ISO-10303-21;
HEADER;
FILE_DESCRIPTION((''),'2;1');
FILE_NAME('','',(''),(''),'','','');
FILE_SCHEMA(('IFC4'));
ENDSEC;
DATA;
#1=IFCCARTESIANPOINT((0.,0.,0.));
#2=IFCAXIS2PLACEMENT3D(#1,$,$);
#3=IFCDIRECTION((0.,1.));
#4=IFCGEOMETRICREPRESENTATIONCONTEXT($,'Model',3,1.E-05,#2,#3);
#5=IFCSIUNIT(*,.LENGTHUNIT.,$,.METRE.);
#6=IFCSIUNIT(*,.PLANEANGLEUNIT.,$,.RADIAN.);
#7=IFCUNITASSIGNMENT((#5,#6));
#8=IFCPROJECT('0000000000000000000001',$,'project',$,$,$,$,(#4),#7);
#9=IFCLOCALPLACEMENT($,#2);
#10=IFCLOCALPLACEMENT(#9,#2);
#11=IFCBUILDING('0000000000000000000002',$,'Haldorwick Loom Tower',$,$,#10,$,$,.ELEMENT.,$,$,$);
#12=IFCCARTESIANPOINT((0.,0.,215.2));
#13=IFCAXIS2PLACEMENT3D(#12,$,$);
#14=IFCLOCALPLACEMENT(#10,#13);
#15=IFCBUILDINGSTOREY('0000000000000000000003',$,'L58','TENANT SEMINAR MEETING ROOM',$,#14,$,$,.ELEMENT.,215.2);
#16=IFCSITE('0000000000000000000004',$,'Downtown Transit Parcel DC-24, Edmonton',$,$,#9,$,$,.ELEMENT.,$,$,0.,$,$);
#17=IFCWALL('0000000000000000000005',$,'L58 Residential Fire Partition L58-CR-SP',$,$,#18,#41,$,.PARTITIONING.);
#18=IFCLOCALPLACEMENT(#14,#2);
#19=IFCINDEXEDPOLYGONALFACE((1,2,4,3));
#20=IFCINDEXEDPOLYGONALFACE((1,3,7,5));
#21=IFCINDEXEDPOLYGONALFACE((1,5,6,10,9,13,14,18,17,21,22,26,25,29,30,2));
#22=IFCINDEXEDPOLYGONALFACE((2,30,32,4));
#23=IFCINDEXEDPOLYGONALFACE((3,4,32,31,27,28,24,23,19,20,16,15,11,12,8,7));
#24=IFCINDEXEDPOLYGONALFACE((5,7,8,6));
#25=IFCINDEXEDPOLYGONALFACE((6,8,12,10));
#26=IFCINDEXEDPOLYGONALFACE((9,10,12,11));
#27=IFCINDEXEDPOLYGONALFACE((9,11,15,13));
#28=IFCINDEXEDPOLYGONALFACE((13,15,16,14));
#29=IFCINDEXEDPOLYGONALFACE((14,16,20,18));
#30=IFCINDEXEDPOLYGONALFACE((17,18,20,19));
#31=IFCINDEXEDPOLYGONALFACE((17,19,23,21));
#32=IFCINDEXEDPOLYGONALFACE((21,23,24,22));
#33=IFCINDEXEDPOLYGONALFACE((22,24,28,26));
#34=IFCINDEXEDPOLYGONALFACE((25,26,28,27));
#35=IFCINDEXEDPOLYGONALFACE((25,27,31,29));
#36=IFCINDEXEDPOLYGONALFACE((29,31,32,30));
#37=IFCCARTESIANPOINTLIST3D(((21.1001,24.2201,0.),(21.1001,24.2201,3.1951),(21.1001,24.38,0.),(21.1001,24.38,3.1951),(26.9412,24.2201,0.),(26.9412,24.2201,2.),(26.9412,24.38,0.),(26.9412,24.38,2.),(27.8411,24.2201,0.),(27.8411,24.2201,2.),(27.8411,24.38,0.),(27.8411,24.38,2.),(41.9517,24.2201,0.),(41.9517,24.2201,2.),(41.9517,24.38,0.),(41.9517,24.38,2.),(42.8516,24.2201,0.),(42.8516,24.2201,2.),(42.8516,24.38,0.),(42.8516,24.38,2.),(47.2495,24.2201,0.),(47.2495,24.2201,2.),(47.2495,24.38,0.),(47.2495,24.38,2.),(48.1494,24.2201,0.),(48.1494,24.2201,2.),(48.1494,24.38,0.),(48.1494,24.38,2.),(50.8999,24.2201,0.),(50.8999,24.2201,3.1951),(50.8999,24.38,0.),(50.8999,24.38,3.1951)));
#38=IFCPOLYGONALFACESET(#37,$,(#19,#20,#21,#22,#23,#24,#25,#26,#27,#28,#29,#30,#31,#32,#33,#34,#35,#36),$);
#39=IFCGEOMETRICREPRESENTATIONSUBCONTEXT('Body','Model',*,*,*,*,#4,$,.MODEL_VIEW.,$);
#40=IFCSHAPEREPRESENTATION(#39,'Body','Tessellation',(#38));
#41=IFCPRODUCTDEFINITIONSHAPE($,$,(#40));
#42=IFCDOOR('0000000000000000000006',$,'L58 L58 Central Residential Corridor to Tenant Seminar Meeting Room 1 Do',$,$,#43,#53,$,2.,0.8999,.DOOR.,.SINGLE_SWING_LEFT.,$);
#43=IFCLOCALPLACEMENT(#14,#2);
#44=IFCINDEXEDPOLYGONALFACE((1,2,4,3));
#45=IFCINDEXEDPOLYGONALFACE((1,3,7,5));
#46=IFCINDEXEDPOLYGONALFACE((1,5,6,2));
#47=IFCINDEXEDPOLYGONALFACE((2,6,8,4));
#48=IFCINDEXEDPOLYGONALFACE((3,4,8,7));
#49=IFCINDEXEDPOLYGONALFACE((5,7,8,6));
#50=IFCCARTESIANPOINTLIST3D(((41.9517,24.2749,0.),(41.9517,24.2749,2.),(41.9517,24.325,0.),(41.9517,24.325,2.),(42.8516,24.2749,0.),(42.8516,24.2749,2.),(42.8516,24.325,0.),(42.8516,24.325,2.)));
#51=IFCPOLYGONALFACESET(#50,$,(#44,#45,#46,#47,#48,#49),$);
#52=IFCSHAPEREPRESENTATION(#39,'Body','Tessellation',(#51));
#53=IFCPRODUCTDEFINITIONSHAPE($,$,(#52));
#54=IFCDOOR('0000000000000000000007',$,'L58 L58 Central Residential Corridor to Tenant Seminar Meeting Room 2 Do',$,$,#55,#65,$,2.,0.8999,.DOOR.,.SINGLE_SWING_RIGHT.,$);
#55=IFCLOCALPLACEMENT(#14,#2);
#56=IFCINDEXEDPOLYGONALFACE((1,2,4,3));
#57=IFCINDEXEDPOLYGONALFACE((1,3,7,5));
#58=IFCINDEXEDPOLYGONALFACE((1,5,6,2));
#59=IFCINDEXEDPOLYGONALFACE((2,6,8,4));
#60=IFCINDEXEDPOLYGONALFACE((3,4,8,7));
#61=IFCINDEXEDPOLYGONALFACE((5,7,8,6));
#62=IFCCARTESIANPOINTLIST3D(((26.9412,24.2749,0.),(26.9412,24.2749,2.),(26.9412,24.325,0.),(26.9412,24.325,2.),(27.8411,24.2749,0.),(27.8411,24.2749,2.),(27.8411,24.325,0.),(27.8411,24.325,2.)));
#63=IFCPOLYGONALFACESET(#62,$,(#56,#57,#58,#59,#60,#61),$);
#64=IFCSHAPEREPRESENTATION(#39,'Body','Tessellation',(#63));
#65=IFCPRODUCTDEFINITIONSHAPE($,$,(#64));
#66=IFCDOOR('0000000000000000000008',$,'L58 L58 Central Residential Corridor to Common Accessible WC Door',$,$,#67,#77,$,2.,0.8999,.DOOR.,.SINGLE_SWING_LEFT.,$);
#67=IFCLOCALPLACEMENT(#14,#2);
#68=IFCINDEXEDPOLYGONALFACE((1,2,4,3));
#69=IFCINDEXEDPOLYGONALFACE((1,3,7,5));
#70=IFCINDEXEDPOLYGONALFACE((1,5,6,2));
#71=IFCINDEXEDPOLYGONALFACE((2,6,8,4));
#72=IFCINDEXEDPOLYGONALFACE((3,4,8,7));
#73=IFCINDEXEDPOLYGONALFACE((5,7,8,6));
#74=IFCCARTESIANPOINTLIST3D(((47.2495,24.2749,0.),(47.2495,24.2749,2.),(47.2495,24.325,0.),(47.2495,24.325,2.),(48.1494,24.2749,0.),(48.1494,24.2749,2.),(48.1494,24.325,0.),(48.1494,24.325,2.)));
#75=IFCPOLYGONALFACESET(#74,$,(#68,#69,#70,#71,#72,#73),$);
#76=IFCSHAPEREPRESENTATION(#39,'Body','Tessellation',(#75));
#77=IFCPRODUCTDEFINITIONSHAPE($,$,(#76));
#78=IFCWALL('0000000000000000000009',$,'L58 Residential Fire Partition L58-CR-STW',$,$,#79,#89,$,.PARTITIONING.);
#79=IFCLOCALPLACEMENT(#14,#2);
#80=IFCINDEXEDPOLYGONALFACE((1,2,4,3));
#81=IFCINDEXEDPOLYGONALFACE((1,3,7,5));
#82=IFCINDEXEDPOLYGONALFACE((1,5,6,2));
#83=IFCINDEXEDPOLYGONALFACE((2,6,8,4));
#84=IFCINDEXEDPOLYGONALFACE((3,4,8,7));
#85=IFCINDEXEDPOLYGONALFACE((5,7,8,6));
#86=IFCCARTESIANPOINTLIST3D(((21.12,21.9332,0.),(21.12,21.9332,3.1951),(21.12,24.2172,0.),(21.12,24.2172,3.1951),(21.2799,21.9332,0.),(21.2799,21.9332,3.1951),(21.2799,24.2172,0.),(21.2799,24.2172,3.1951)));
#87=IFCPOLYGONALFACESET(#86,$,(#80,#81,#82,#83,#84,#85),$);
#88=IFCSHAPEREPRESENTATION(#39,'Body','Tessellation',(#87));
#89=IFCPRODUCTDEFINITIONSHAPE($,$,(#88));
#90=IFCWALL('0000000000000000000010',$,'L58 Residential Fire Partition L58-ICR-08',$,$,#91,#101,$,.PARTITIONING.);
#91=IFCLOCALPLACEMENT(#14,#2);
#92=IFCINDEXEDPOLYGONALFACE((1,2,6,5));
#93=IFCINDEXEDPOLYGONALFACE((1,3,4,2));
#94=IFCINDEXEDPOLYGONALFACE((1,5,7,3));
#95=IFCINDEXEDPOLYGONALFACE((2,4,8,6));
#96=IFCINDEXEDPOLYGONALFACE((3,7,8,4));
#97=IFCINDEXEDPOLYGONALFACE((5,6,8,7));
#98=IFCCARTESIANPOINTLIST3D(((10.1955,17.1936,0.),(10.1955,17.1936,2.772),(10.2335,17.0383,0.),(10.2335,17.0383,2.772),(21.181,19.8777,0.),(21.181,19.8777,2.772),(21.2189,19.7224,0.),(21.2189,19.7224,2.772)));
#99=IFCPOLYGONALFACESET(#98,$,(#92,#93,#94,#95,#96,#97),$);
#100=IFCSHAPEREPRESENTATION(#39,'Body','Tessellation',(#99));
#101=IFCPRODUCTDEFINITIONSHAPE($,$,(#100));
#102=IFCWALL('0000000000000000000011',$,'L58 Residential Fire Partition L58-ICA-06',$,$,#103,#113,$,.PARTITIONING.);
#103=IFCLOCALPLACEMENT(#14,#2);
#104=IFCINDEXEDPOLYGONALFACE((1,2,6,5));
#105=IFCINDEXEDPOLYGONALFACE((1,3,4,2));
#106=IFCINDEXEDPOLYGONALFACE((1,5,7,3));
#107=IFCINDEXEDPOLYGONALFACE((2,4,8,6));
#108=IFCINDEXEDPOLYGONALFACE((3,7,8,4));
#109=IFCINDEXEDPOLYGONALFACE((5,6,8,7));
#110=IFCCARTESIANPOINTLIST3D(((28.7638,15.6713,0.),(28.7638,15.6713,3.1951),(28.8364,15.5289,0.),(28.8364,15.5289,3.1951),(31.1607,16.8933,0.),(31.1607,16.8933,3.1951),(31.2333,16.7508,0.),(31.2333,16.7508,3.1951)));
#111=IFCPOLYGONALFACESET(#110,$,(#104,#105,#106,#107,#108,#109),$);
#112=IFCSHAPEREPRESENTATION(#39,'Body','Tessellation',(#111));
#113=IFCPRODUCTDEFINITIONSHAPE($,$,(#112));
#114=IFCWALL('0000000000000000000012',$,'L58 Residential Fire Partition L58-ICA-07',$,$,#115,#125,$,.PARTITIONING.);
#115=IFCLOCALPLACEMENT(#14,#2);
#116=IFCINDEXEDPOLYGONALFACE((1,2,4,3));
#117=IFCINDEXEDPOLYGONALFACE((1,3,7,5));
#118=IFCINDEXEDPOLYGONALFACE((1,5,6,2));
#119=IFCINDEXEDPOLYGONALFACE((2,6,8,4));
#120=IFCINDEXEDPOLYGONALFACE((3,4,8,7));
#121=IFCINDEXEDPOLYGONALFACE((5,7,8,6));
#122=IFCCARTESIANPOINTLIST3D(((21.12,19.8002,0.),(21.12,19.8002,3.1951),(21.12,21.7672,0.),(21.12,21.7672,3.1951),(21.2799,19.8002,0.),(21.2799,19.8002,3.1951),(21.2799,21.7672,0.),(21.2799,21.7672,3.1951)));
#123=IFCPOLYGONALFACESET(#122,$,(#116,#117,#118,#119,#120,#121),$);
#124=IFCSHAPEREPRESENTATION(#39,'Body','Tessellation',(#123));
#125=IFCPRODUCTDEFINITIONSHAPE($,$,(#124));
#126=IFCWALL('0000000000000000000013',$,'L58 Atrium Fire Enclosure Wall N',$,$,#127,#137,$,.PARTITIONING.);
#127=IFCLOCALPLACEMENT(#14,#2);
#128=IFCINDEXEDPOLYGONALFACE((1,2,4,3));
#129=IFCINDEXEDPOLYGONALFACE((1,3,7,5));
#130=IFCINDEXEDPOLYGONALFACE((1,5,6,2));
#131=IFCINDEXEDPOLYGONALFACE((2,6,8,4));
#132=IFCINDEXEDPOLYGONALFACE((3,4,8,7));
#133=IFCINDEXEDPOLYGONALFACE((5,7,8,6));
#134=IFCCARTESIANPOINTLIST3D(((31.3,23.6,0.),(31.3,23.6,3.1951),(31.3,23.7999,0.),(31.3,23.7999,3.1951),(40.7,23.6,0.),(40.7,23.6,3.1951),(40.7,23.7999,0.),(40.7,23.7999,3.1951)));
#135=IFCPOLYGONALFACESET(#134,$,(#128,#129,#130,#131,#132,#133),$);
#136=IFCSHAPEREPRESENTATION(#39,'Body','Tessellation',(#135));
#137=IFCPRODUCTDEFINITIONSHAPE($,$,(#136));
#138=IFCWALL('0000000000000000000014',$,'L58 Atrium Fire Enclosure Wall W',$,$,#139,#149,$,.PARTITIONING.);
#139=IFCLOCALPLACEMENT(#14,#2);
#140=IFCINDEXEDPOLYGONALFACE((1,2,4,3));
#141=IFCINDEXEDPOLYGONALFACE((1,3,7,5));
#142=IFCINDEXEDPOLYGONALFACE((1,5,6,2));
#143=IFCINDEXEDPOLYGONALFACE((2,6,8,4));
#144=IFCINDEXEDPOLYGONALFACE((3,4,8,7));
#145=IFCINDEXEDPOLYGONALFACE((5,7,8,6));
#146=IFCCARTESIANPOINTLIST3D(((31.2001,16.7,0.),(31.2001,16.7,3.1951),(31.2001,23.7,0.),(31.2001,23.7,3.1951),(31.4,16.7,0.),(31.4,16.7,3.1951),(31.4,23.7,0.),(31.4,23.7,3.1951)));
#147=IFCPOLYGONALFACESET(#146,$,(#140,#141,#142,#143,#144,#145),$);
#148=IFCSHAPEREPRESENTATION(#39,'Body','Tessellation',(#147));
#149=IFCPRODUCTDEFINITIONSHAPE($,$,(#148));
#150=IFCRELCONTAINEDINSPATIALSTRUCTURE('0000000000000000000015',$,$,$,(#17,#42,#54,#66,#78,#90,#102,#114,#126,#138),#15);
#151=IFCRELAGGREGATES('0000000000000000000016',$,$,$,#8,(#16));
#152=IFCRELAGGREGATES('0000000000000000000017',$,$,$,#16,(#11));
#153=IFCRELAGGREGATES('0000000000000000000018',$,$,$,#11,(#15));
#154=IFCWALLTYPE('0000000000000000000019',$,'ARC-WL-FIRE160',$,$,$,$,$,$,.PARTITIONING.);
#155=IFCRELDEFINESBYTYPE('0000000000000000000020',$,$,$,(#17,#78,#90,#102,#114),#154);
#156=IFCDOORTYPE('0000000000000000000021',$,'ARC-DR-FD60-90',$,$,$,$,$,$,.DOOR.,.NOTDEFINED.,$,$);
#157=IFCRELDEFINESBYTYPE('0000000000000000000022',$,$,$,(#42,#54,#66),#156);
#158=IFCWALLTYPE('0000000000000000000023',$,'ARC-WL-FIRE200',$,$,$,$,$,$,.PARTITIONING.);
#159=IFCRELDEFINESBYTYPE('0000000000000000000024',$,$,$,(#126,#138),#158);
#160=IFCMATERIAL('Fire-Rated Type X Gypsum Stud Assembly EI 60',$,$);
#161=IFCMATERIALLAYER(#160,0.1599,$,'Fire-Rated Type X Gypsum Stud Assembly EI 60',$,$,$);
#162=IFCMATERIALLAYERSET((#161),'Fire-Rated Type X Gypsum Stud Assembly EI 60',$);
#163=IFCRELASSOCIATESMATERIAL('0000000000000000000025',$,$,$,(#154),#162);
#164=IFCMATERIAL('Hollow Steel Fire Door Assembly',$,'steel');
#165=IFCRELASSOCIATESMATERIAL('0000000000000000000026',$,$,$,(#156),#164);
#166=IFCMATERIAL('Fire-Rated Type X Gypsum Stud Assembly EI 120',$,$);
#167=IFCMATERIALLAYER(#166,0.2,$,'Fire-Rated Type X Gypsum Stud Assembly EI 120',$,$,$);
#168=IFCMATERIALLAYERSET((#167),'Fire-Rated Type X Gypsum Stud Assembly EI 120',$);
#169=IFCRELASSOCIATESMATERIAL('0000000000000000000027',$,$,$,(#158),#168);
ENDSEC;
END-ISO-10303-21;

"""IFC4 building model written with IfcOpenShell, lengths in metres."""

from ifc_helpers import new_model, si_unit, direction, frame, frame_2d, origin, place, context, subcontext, project, spatial, rectangle, extrude, material, layer, layer_set, type_object, element, fill, save


model = new_model("IFC4")

# Units and contexts
model_context = context("Model", 3, precision=1e-05, world=origin(), true_north=direction((0.0, 1.0)))
body_context = subcontext(model_context, "Body", "Model", "MODEL_VIEW")
ifc_project = project(units=[si_unit("LENGTHUNIT", "METRE"), si_unit("PLANEANGLEUNIT", "RADIAN")], contexts=[model_context])

# Site, building, storey
site_placement = place(None, origin())
site = spatial("IfcSite", under=ifc_project, at=site_placement, Name="Downtown Transit Parcel DC-24, Edmonton", CompositionType="ELEMENT", RefElevation=0.0)
building_placement = place(site_placement, origin())
building = spatial("IfcBuilding", under=site, at=building_placement, Name="Haldorwick Loom Tower", CompositionType="ELEMENT")
storey_placement = place(building_placement, frame((0.0, 0.0, 215.2)))
storey = spatial("IfcBuildingStorey", under=building, at=storey_placement, Name="L58", Description="TENANT SEMINAR MEETING ROOM", CompositionType="ELEMENT", Elevation=215.2)

# Wall, openings, doors
ifc_material_1 = material(Name="Fire-Rated Type X Gypsum Stud Assembly EI 60")
ifc_layer_1 = layer(ifc_material_1, 0.1599, Name="Fire-Rated Type X Gypsum Stud Assembly EI 60")
ifc_layer_set_1 = layer_set([ifc_layer_1], Name="Fire-Rated Type X Gypsum Stud Assembly EI 60")
wall_type_1 = type_object("IfcWallType", Name="ARC-WL-FIRE160", PredefinedType="PARTITIONING", material=ifc_layer_set_1)
wall_1_placement = place(storey_placement, frame((21.1001, 24.3, 0.0), z_axis=(0.0, 0.0, 1.0), x_axis=(1.0, 0.0, 0.0)))
wall_1 = element("IfcWall", 1, at=wall_1_placement, inside=storey, type_object=wall_type_1, Name="L58 Residential Fire Partition L58-CR-SP", PredefinedType="PARTITIONING", context=body_context, shape_type="SweptSolid", body=[
    extrude(rectangle(XDim=29.7998, YDim=0.1599, at=frame_2d((14.8999, 0.0))), origin(), (0.0, 0.0, 1.0), 3.1951),
])
opening_1_placement = place(wall_1_placement, frame((20.8516, 0.0, 0.0)))
opening_1 = element("IfcOpeningElement", 2, at=opening_1_placement, cuts=wall_1, PredefinedType="OPENING", context=body_context, shape_type="SweptSolid", body=[
    extrude(rectangle(XDim=0.8999, YDim=2.0, at=frame_2d((0.45, 1.0))), frame((0.0, 0.0898, 0.0), z_axis=(0.0, -1.0, 0.0), x_axis=(1.0, 0.0, 0.0)), (0.0, 0.0, 1.0), 0.1799),
])
opening_2_placement = place(wall_1_placement, frame((5.8411, 0.0, 0.0)))
opening_2 = element("IfcOpeningElement", 3, at=opening_2_placement, cuts=wall_1, PredefinedType="OPENING", context=body_context, shape_type="SweptSolid", body=[
    extrude(rectangle(XDim=0.8999, YDim=2.0, at=frame_2d((0.45, 1.0))), frame((0.0, 0.0898, 0.0), z_axis=(0.0, -1.0, 0.0), x_axis=(1.0, 0.0, 0.0)), (0.0, 0.0, 1.0), 0.1799),
])
opening_3_placement = place(wall_1_placement, frame((26.1494, 0.0, 0.0)))
opening_3 = element("IfcOpeningElement", 4, at=opening_3_placement, cuts=wall_1, PredefinedType="OPENING", context=body_context, shape_type="SweptSolid", body=[
    extrude(rectangle(XDim=0.8999, YDim=2.0, at=frame_2d((0.45, 1.0))), frame((0.0, 0.0898, 0.0), z_axis=(0.0, -1.0, 0.0), x_axis=(1.0, 0.0, 0.0)), (0.0, 0.0, 1.0), 0.1799),
])
ifc_material_2 = material(Name="Hollow Steel Fire Door Assembly", Category="steel")
door_type_1 = type_object("IfcDoorType", Name="ARC-DR-FD60-90", OperationType="NOTDEFINED", PredefinedType="DOOR", material=ifc_material_2)
door_1_placement = place(opening_1_placement, origin())
door_1 = element("IfcDoor", 5, at=door_1_placement, inside=storey, type_object=door_type_1, Name="L58 L58 Central Residential Corridor to Tenant Seminar Meeting Room 1 Do", OperationType="SINGLE_SWING_LEFT", OverallHeight=2.0, OverallWidth=0.8999, PredefinedType="DOOR", context=body_context, shape_type="SweptSolid", body=[
    extrude(rectangle(XDim=0.8999, YDim=2.0, at=frame_2d((0.45, 1.0))), frame((0.0, 0.0249, 0.0), z_axis=(0.0, -1.0, 0.0), x_axis=(1.0, 0.0, 0.0)), (0.0, 0.0, 1.0), 0.05),
])
fill(opening_1, door_1)
door_2_placement = place(opening_2_placement, origin())
door_2 = element("IfcDoor", 6, at=door_2_placement, inside=storey, type_object=door_type_1, Name="L58 L58 Central Residential Corridor to Tenant Seminar Meeting Room 2 Do", OperationType="SINGLE_SWING_RIGHT", OverallHeight=2.0, OverallWidth=0.8999, PredefinedType="DOOR", context=body_context, shape_type="SweptSolid", body=[
    extrude(rectangle(XDim=0.8999, YDim=2.0, at=frame_2d((0.45, 1.0))), frame((0.0, 0.0249, 0.0), z_axis=(0.0, -1.0, 0.0), x_axis=(1.0, 0.0, 0.0)), (0.0, 0.0, 1.0), 0.05),
])
fill(opening_2, door_2)
door_3_placement = place(opening_3_placement, origin())
door_3 = element("IfcDoor", 7, at=door_3_placement, inside=storey, type_object=door_type_1, Name="L58 L58 Central Residential Corridor to Common Accessible WC Door", OperationType="SINGLE_SWING_LEFT", OverallHeight=2.0, OverallWidth=0.8999, PredefinedType="DOOR", context=body_context, shape_type="SweptSolid", body=[
    extrude(rectangle(XDim=0.8999, YDim=2.0, at=frame_2d((0.45, 1.0))), frame((0.0, 0.0249, 0.0), z_axis=(0.0, -1.0, 0.0), x_axis=(1.0, 0.0, 0.0)), (0.0, 0.0, 1.0), 0.05),
])
fill(opening_3, door_3)

# Walls
wall_2_placement = place(storey_placement, frame((21.2, 21.9331, 0.0), z_axis=(0.0, 0.0, 1.0), x_axis=(0.0, 1.0, 0.0)))
element("IfcWall", 8, at=wall_2_placement, inside=storey, type_object=wall_type_1, Name="L58 Residential Fire Partition L58-CR-STW", PredefinedType="PARTITIONING", context=body_context, shape_type="SweptSolid", body=[
    extrude(rectangle(XDim=2.2839, YDim=0.1599, at=frame_2d((1.1421, 0.0))), origin(), (0.0, 0.0, 1.0), 3.1951),
])
wall_3_placement = place(storey_placement, frame((21.2, 19.8, 0.0), z_axis=(0.0, 0.0, 1.0), x_axis=(-0.971424, -0.237351, 0.0)))
element("IfcWall", 9, at=wall_3_placement, inside=storey, type_object=wall_type_1, Name="L58 Residential Fire Partition L58-ICR-08", PredefinedType="PARTITIONING", context=body_context, shape_type="SweptSolid", body=[
    extrude(rectangle(XDim=11.3086, YDim=0.1599, at=frame_2d((5.6543, 0.0))), origin(), (0.0, 0.0, 1.0), 2.772),
])
wall_4_placement = place(storey_placement, frame((31.197, 16.822, 0.0), z_axis=(0.0, 0.0, 1.0), x_axis=(-0.890916, -0.454169, 0.0)))
element("IfcWall", 10, at=wall_4_placement, inside=storey, type_object=wall_type_1, Name="L58 Residential Fire Partition L58-ICA-06", PredefinedType="PARTITIONING", context=body_context, shape_type="SweptSolid", body=[
    extrude(rectangle(XDim=2.6904, YDim=0.1599, at=frame_2d((1.3452, 0.0))), origin(), (0.0, 0.0, 1.0), 3.1951),
])
wall_5_placement = place(storey_placement, frame((21.2, 21.7671, 0.0), z_axis=(0.0, 0.0, 1.0), x_axis=(0.0, -1.0, 0.0)))
element("IfcWall", 11, at=wall_5_placement, inside=storey, type_object=wall_type_1, Name="L58 Residential Fire Partition L58-ICA-07", PredefinedType="PARTITIONING", context=body_context, shape_type="SweptSolid", body=[
    extrude(rectangle(XDim=1.967, YDim=0.1599, at=frame_2d((0.9834, 0.0))), origin(), (0.0, 0.0, 1.0), 3.1951),
])
ifc_material_3 = material(Name="Fire-Rated Type X Gypsum Stud Assembly EI 120")
ifc_layer_2 = layer(ifc_material_3, 0.2, Name="Fire-Rated Type X Gypsum Stud Assembly EI 120")
ifc_layer_set_2 = layer_set([ifc_layer_2], Name="Fire-Rated Type X Gypsum Stud Assembly EI 120")
wall_type_2 = type_object("IfcWallType", Name="ARC-WL-FIRE200", PredefinedType="PARTITIONING", material=ifc_layer_set_2)
wall_6_placement = place(storey_placement, frame((31.3, 23.7, 0.0), z_axis=(0.0, 0.0, 1.0), x_axis=(1.0, 0.0, 0.0)))
element("IfcWall", 12, at=wall_6_placement, inside=storey, type_object=wall_type_2, Name="L58 Atrium Fire Enclosure Wall N", PredefinedType="PARTITIONING", context=body_context, shape_type="SweptSolid", body=[
    extrude(rectangle(XDim=9.3999, YDim=0.2, at=frame_2d((4.7, 0.0))), origin(), (0.0, 0.0, 1.0), 3.1951),
])
wall_7_placement = place(storey_placement, frame((31.3, 16.7, 0.0), z_axis=(0.0, 0.0, 1.0), x_axis=(0.0, 1.0, 0.0)))
element("IfcWall", 13, at=wall_7_placement, inside=storey, type_object=wall_type_2, Name="L58 Atrium Fire Enclosure Wall W", PredefinedType="PARTITIONING", context=body_context, shape_type="SweptSolid", body=[
    extrude(rectangle(XDim=7.0, YDim=0.2, at=frame_2d((3.5, 0.0))), origin(), (0.0, 0.0, 1.0), 3.1951),
])

save(model, "model.ifc")
